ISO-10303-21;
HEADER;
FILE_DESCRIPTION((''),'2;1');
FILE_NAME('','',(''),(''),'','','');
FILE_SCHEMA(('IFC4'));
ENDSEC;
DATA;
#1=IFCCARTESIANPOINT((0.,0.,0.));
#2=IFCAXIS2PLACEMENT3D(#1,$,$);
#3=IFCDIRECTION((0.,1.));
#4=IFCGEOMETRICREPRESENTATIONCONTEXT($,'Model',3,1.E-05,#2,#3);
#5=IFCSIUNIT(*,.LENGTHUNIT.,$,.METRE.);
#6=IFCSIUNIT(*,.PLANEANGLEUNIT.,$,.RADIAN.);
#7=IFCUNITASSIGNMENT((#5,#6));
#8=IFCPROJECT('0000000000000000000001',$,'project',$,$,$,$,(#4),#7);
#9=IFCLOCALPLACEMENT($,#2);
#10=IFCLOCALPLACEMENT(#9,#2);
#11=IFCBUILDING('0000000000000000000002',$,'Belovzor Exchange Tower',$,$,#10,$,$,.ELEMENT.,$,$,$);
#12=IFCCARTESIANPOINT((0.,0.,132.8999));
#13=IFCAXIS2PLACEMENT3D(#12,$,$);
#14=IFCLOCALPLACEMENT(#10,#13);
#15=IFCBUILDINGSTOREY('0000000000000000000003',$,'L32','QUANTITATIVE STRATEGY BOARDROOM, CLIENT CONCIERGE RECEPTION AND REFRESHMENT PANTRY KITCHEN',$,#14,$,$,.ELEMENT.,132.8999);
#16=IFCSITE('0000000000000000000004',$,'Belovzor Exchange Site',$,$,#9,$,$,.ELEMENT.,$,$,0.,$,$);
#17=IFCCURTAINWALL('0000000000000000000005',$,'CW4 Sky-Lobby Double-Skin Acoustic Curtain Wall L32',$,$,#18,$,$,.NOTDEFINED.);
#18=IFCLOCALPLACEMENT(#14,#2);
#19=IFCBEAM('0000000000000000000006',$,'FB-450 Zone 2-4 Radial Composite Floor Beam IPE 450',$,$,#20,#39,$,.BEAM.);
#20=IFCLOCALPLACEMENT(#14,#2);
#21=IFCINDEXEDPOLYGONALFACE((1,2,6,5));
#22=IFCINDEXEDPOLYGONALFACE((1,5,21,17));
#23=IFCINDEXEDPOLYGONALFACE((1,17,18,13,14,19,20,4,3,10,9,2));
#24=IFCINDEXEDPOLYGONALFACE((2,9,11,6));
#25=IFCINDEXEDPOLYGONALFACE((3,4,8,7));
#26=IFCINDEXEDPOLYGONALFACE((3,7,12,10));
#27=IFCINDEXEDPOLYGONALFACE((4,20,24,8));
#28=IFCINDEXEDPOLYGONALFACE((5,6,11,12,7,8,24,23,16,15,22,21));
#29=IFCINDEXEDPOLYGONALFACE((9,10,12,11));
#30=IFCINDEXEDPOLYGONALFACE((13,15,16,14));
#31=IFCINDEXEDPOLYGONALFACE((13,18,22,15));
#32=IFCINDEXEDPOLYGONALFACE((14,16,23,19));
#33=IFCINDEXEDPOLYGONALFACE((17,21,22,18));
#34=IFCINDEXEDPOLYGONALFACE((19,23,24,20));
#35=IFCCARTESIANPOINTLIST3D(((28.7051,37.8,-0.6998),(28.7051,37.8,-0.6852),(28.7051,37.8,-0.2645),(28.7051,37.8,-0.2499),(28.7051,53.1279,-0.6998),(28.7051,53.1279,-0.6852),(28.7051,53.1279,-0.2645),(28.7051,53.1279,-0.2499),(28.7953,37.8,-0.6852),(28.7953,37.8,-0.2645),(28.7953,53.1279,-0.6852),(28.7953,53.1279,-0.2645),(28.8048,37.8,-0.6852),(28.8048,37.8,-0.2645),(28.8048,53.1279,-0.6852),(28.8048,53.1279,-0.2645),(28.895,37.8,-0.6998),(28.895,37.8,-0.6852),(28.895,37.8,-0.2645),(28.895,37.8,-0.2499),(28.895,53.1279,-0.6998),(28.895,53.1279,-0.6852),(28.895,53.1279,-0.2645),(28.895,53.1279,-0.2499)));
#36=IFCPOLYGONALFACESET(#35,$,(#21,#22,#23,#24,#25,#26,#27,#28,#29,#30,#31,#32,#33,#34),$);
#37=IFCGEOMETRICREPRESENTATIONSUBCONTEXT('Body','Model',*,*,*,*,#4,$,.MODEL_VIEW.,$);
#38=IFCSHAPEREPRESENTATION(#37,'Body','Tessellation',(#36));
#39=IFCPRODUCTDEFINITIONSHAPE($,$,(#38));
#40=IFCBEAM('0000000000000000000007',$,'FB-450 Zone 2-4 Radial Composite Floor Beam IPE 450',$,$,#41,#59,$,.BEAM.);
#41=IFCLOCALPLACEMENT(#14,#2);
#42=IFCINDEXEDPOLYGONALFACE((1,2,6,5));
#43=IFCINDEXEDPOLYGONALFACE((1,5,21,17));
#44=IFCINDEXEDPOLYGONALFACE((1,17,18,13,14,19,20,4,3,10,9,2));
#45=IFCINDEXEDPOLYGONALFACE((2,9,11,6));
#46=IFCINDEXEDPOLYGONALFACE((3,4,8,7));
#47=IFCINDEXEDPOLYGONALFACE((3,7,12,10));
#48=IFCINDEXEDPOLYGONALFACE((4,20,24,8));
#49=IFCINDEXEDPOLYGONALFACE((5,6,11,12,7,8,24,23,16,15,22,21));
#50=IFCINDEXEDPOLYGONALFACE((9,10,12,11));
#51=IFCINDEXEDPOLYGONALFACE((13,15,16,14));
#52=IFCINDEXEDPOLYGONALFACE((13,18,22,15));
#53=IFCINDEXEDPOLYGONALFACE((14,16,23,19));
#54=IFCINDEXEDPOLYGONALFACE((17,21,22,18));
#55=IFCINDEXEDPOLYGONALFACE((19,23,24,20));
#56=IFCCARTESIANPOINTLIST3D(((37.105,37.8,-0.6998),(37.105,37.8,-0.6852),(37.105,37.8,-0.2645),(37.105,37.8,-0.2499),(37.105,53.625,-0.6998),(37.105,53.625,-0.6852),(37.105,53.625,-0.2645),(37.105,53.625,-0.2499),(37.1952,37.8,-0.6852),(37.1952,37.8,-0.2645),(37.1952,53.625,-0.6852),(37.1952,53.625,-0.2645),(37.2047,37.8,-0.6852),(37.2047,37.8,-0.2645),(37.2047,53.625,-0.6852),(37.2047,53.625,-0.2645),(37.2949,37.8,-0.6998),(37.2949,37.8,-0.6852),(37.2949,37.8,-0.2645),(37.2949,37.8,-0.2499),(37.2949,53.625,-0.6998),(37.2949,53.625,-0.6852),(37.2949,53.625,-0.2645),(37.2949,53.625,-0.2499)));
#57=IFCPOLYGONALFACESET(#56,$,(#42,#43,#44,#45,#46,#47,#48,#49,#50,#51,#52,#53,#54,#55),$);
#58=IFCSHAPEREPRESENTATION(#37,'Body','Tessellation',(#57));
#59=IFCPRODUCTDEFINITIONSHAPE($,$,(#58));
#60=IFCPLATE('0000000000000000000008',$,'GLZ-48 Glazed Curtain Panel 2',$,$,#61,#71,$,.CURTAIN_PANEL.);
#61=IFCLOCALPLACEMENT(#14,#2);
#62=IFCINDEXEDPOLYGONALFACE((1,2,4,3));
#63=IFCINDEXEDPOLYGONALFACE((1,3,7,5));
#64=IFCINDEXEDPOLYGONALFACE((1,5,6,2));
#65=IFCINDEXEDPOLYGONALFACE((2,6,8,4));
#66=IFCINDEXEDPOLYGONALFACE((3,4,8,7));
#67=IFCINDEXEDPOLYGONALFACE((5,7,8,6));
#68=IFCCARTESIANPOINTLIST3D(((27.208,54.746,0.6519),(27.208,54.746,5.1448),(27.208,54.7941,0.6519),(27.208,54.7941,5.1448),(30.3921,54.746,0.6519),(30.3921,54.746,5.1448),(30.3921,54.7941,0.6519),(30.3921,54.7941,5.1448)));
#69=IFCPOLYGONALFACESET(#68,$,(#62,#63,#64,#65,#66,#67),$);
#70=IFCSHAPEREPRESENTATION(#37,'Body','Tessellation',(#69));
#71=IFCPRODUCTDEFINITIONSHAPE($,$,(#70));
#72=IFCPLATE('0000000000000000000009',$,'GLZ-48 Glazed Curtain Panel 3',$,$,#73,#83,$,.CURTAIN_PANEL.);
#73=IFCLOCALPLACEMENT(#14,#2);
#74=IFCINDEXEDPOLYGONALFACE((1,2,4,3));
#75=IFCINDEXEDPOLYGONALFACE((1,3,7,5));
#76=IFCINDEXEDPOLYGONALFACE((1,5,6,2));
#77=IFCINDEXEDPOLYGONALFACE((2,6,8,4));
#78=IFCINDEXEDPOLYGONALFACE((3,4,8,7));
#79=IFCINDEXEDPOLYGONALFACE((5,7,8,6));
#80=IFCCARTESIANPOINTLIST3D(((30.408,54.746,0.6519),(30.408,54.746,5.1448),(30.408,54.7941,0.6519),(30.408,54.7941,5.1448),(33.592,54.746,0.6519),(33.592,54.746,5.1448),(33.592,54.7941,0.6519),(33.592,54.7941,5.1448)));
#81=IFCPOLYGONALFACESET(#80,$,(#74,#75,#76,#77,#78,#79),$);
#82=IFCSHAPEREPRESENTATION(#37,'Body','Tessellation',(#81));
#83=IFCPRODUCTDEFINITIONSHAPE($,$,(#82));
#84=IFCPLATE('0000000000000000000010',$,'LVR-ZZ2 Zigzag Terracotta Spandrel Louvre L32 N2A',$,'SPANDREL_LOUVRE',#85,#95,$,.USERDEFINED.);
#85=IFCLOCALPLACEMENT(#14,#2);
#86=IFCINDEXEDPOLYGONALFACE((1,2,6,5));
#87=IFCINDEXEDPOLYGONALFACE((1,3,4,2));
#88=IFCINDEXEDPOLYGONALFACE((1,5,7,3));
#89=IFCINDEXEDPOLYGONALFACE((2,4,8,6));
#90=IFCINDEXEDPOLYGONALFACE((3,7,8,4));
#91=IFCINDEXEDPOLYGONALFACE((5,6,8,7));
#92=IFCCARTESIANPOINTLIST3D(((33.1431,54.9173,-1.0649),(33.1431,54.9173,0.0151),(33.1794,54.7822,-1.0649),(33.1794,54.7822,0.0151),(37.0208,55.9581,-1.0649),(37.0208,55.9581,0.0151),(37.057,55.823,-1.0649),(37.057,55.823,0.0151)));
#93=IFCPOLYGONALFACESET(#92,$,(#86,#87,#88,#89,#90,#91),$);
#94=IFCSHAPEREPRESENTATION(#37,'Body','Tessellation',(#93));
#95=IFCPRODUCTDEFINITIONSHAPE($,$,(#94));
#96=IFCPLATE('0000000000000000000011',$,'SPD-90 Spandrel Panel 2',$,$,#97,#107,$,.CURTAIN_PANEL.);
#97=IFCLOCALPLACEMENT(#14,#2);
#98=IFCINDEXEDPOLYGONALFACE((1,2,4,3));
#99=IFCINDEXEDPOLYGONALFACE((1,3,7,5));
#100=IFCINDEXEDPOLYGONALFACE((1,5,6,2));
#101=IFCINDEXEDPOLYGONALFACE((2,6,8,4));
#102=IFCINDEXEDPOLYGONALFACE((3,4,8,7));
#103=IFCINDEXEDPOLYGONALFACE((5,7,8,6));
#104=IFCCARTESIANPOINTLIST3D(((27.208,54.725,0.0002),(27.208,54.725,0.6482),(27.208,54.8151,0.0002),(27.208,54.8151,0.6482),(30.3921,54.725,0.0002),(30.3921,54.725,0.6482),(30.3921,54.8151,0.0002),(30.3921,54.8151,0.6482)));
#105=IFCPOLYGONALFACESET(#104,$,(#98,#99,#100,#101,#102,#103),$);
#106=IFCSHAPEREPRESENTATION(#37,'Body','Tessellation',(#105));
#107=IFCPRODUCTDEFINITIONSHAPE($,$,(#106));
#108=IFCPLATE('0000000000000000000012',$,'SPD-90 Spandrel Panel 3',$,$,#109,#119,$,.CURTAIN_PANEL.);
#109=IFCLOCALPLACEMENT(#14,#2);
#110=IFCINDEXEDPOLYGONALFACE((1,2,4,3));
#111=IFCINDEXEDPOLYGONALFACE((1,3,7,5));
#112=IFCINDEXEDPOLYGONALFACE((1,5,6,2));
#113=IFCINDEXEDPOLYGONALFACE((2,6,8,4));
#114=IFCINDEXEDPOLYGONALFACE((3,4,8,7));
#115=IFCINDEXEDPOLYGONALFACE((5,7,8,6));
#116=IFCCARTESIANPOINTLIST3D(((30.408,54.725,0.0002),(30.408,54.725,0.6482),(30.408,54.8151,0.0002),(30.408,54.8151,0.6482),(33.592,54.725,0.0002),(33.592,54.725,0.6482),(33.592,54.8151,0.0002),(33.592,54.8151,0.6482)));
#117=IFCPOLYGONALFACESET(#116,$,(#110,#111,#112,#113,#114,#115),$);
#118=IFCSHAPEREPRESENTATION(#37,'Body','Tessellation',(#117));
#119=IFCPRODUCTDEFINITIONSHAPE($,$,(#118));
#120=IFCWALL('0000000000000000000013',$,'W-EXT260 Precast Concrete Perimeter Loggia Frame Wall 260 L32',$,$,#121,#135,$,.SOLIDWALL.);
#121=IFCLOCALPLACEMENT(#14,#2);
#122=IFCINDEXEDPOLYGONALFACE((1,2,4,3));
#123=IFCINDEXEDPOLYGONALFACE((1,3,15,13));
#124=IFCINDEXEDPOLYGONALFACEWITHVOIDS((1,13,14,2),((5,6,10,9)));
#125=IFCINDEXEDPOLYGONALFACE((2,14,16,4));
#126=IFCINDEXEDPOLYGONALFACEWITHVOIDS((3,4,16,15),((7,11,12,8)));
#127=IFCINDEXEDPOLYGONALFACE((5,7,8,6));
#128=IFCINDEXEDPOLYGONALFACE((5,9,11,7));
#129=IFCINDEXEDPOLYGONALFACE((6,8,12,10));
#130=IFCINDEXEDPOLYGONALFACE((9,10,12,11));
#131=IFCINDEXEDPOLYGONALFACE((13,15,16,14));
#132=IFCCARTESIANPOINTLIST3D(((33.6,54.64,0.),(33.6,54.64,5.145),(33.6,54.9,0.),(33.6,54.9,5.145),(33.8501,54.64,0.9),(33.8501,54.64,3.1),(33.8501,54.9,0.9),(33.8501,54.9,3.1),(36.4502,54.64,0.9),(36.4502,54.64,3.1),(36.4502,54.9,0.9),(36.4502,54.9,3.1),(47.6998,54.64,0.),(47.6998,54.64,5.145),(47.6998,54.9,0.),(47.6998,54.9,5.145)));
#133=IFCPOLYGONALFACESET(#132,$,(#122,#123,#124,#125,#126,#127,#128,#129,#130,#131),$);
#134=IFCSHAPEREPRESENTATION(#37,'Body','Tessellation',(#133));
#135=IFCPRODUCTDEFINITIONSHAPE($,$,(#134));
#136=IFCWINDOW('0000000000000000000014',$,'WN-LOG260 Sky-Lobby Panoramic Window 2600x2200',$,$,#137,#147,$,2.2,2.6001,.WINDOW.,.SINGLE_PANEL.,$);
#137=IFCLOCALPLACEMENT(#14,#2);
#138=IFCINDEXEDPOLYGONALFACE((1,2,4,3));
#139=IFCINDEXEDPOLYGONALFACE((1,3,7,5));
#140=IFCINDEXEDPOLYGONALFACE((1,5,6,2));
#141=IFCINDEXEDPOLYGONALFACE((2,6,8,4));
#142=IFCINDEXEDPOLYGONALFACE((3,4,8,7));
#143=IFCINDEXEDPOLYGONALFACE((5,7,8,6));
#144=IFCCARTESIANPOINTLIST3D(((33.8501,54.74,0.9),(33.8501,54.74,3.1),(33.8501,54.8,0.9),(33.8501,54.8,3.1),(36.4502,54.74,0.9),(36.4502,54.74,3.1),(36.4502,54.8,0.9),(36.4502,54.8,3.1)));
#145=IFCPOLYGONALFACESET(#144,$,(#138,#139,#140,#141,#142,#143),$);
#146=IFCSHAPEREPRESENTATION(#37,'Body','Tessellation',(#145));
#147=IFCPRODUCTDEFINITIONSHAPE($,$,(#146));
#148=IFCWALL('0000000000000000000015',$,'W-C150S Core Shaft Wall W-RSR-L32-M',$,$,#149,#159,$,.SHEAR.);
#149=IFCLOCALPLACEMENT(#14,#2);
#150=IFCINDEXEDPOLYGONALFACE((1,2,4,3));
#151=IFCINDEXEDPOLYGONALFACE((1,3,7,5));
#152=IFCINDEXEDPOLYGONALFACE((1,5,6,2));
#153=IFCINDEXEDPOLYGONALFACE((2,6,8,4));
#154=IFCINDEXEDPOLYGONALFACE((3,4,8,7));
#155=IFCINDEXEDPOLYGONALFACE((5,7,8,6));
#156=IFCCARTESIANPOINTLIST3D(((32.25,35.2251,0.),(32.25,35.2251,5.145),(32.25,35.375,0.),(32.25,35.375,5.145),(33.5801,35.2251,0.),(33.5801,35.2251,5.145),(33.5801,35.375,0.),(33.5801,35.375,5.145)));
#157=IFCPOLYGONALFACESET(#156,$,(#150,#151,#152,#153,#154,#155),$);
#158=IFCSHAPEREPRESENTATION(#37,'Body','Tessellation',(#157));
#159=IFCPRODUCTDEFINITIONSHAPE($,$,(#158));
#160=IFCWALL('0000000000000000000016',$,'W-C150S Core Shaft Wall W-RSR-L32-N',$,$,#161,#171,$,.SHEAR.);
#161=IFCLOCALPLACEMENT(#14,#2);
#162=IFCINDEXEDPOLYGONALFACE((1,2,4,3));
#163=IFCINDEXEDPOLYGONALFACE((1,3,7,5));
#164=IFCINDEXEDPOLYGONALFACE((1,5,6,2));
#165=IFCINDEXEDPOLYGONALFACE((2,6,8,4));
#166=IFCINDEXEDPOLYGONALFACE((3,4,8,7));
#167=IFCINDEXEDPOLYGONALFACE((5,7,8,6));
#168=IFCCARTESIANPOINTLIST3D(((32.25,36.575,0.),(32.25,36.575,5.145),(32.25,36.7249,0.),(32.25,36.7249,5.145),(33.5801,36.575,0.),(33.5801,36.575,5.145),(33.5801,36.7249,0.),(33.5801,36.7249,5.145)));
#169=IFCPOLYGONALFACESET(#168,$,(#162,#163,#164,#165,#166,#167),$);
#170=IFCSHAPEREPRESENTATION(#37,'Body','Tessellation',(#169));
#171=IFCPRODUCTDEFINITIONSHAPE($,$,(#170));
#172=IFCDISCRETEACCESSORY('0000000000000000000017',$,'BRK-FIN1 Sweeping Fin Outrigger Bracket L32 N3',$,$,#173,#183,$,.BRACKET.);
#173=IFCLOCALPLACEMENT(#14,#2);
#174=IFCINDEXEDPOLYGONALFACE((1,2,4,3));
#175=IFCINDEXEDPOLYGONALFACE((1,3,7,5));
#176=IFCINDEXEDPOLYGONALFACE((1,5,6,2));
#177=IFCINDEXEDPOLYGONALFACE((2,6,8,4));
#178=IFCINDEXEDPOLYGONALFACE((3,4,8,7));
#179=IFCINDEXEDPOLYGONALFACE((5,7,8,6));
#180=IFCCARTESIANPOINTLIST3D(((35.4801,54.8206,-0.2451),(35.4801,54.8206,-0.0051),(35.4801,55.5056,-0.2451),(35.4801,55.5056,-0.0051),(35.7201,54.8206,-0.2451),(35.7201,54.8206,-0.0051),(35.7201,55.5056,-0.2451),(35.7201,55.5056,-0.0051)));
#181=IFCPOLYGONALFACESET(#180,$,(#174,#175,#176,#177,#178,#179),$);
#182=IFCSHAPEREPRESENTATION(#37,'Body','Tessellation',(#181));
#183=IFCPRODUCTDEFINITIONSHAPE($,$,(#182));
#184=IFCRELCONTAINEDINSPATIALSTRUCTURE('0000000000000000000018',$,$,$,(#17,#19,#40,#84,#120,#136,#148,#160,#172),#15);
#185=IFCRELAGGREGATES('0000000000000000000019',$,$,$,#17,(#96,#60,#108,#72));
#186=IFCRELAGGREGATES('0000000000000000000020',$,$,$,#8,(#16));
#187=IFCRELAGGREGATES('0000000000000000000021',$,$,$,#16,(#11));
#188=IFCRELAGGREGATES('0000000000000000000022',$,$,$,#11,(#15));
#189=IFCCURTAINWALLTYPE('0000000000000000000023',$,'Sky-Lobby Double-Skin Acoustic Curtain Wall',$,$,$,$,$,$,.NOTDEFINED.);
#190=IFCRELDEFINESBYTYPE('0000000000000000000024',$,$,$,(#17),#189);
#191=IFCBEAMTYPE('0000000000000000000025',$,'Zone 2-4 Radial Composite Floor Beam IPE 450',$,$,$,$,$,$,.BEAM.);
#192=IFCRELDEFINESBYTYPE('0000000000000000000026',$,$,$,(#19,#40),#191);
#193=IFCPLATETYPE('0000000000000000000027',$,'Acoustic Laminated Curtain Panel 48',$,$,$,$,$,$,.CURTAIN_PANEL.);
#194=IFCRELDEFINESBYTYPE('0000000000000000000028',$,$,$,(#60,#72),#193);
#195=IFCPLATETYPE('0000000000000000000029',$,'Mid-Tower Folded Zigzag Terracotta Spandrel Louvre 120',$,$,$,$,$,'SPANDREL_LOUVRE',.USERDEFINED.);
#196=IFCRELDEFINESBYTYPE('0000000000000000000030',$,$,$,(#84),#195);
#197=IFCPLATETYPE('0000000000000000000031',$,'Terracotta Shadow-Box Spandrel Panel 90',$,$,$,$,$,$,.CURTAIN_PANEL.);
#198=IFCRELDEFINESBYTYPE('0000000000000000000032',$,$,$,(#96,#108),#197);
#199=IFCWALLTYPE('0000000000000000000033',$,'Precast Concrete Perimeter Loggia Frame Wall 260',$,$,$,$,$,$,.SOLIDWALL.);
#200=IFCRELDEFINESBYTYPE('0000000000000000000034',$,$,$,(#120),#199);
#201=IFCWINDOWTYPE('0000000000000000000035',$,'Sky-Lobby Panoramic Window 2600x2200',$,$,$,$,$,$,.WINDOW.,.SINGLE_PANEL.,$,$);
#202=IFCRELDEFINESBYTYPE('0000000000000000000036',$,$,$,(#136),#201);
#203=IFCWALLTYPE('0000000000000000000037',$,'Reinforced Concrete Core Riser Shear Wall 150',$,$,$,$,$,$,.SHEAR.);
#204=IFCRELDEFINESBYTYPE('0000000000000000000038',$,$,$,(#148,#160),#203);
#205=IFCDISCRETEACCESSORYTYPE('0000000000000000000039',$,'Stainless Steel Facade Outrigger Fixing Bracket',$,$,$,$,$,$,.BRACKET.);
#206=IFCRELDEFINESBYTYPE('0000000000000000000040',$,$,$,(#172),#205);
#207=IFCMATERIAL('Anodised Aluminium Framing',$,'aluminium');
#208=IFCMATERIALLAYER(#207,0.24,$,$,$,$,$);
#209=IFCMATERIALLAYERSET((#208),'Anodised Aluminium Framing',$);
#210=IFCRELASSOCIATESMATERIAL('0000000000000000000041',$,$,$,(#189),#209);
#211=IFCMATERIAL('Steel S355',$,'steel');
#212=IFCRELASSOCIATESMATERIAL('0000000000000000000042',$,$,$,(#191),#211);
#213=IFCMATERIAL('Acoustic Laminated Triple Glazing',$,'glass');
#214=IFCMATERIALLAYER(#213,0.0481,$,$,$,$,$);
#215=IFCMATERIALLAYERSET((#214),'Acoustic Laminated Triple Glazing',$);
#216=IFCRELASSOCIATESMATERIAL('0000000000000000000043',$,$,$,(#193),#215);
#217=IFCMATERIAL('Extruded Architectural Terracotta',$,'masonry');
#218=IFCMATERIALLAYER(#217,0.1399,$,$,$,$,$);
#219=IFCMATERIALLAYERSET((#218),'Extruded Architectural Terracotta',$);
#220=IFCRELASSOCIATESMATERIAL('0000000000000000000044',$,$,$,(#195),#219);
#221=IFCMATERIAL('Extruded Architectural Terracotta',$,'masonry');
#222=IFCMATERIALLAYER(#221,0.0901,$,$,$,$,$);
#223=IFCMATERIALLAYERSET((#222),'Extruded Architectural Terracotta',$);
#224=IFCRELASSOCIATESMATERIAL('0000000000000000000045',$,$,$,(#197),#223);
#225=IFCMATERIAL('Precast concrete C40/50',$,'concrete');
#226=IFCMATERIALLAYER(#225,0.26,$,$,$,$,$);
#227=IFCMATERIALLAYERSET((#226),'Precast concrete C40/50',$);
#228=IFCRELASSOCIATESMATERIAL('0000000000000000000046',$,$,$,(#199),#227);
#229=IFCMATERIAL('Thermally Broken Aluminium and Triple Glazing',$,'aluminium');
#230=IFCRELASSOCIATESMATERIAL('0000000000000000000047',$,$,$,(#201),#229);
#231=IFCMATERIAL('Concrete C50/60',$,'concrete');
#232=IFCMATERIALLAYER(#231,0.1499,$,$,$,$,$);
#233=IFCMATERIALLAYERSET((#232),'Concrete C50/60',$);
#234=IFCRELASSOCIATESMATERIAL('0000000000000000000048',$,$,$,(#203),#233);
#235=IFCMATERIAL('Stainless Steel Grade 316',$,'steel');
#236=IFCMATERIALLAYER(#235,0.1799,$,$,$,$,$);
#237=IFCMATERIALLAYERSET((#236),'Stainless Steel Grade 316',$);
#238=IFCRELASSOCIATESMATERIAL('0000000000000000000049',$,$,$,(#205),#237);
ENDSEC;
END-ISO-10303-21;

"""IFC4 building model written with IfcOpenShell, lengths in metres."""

from ifc_helpers import new_model, si_unit, direction, frame, frame_2d, origin, origin_2d, place, context, subcontext, project, spatial, rectangle, i_section, extrude, material, layer, layer_set, material_profile, profile_set, type_object, element, fill, aggregate, save


model = new_model("IFC4")

# Units and contexts
model_context = context("Model", 3, precision=1e-05, world=origin(), true_north=direction((0.0, 1.0)))
body_context = subcontext(model_context, "Body", "Model", "MODEL_VIEW")
ifc_project = project(units=[si_unit("LENGTHUNIT", "METRE"), si_unit("PLANEANGLEUNIT", "RADIAN")], contexts=[model_context])

# Site, building, storey
site_placement = place(None, origin())
site = spatial("IfcSite", under=ifc_project, at=site_placement, Name="Belovzor Exchange Site", CompositionType="ELEMENT", RefElevation=0.0)
building_placement = place(site_placement, origin())
building = spatial("IfcBuilding", under=site, at=building_placement, Name="Belovzor Exchange Tower", CompositionType="ELEMENT")
storey_placement = place(building_placement, frame((0.0, 0.0, 132.8999)))
storey = spatial("IfcBuildingStorey", under=building, at=storey_placement, Name="L32", Description="QUANTITATIVE STRATEGY BOARDROOM, CLIENT CONCIERGE RECEPTION AND REFRESHMENT PANTRY KITCHEN", CompositionType="ELEMENT", Elevation=132.8999)

# Curtain wall
ifc_material_1 = material(Name="Anodised Aluminium Framing", Category="aluminium")
ifc_layer_1 = layer(ifc_material_1, 0.24)
ifc_layer_set_1 = layer_set([ifc_layer_1], Name="Anodised Aluminium Framing")
curtain_wall_type = type_object("IfcCurtainWallType", Name="Sky-Lobby Double-Skin Acoustic Curtain Wall", PredefinedType="NOTDEFINED", material=ifc_layer_set_1)
curtain_wall_placement = place(storey_placement, origin())
curtain_wall = element("IfcCurtainWall", 1, at=curtain_wall_placement, inside=storey, type_object=curtain_wall_type, Name="CW4 Sky-Lobby Double-Skin Acoustic Curtain Wall L32", PredefinedType="NOTDEFINED")

# Beams
ifc_material_2 = material(Name="Steel S355", Category="steel")
ifc_material_profile_1 = material_profile(ifc_material_2, i_section(OverallWidth=0.1899, OverallDepth=0.45, WebThickness=0.0095, FlangeThickness=0.0146, at=origin_2d()))
ifc_profile_set_1 = profile_set([ifc_material_profile_1], Name="Steel S355")
beam_type_1 = type_object("IfcBeamType", Name="Zone 2-4 Radial Composite Floor Beam IPE 450", PredefinedType="BEAM", material=ifc_profile_set_1)
beam_1_placement = place(storey_placement, frame((28.8, 37.8, -0.4749), z_axis=(0.0, 1.0, 0.0), x_axis=(-1.0, 0.0, 0.0)))
element("IfcBeam", 2, at=beam_1_placement, inside=storey, type_object=beam_type_1, Name="FB-450 Zone 2-4 Radial Composite Floor Beam IPE 450", PredefinedType="BEAM", context=body_context, shape_type="SweptSolid", body=[
    extrude(i_section(OverallWidth=0.1899, OverallDepth=0.45, WebThickness=0.0095, FlangeThickness=0.0146, at=origin_2d()), origin(), (0.0, 0.0, 1.0), 15.3279),
])
beam_2_placement = place(storey_placement, frame((37.2, 37.8, -0.4749), z_axis=(0.0, 1.0, 0.0), x_axis=(-1.0, 0.0, 0.0)))
element("IfcBeam", 3, at=beam_2_placement, inside=storey, type_object=beam_type_1, Name="FB-450 Zone 2-4 Radial Composite Floor Beam IPE 450", PredefinedType="BEAM", context=body_context, shape_type="SweptSolid", body=[
    extrude(i_section(OverallWidth=0.1899, OverallDepth=0.45, WebThickness=0.0095, FlangeThickness=0.0146, at=origin_2d()), origin(), (0.0, 0.0, 1.0), 15.825),
])

# Plates
ifc_material_3 = material(Name="Acoustic Laminated Triple Glazing", Category="glass")
ifc_layer_2 = layer(ifc_material_3, 0.0481)
ifc_layer_set_2 = layer_set([ifc_layer_2], Name="Acoustic Laminated Triple Glazing")
plate_type_1 = type_object("IfcPlateType", Name="Acoustic Laminated Curtain Panel 48", PredefinedType="CURTAIN_PANEL", material=ifc_layer_set_2)
plate_1_placement = place(storey_placement, frame((28.8, 54.77, 0.6519), z_axis=(0.0, 0.0, 1.0), x_axis=(1.0, 0.0, 0.0)))
plate_1 = element("IfcPlate", 4, at=plate_1_placement, type_object=plate_type_1, Name="GLZ-48 Glazed Curtain Panel 2", PredefinedType="CURTAIN_PANEL", context=body_context, shape_type="SweptSolid", body=[
    extrude(rectangle(XDim=3.1841, YDim=0.0481, at=origin_2d()), origin(), (0.0, 0.0, 1.0), 4.4929),
])
plate_2_placement = place(storey_placement, frame((32.0, 54.77, 0.6519), z_axis=(0.0, 0.0, 1.0), x_axis=(1.0, 0.0, 0.0)))
plate_2 = element("IfcPlate", 5, at=plate_2_placement, type_object=plate_type_1, Name="GLZ-48 Glazed Curtain Panel 3", PredefinedType="CURTAIN_PANEL", context=body_context, shape_type="SweptSolid", body=[
    extrude(rectangle(XDim=3.1841, YDim=0.0481, at=origin_2d()), origin(), (0.0, 0.0, 1.0), 4.4929),
])
ifc_material_4 = material(Name="Extruded Architectural Terracotta", Category="masonry")
ifc_layer_3 = layer(ifc_material_4, 0.1399)
ifc_layer_set_3 = layer_set([ifc_layer_3], Name="Extruded Architectural Terracotta")
plate_type_2 = type_object("IfcPlateType", Name="Mid-Tower Folded Zigzag Terracotta Spandrel Louvre 120", ElementType="SPANDREL_LOUVRE", PredefinedType="USERDEFINED", material=ifc_layer_set_3)
plate_3_placement = place(storey_placement, frame((35.1001, 55.3701, -1.0649), z_axis=(0.0, 0.0, 1.0), x_axis=(0.965813, 0.25924, 0.0)))
element("IfcPlate", 6, at=plate_3_placement, inside=storey, type_object=plate_type_2, Name="LVR-ZZ2 Zigzag Terracotta Spandrel Louvre L32 N2A", ObjectType="SPANDREL_LOUVRE", PredefinedType="USERDEFINED", context=body_context, shape_type="SweptSolid", body=[
    extrude(rectangle(XDim=4.0149, YDim=0.1399, at=origin_2d()), origin(), (0.0, 0.0, 1.0), 1.0801),
])
ifc_material_5 = material(Name="Extruded Architectural Terracotta", Category="masonry")
ifc_layer_4 = layer(ifc_material_5, 0.0901)
ifc_layer_set_4 = layer_set([ifc_layer_4], Name="Extruded Architectural Terracotta")
plate_type_3 = type_object("IfcPlateType", Name="Terracotta Shadow-Box Spandrel Panel 90", PredefinedType="CURTAIN_PANEL", material=ifc_layer_set_4)
plate_4_placement = place(storey_placement, frame((28.8, 54.77, 0.0002), z_axis=(0.0, 0.0, 1.0), x_axis=(1.0, 0.0, 0.0)))
plate_4 = element("IfcPlate", 7, at=plate_4_placement, type_object=plate_type_3, Name="SPD-90 Spandrel Panel 2", PredefinedType="CURTAIN_PANEL", context=body_context, shape_type="SweptSolid", body=[
    extrude(rectangle(XDim=3.1841, YDim=0.0901, at=origin_2d()), origin(), (0.0, 0.0, 1.0), 0.6479),
])
plate_5_placement = place(storey_placement, frame((32.0, 54.77, 0.0002), z_axis=(0.0, 0.0, 1.0), x_axis=(1.0, 0.0, 0.0)))
plate_5 = element("IfcPlate", 8, at=plate_5_placement, type_object=plate_type_3, Name="SPD-90 Spandrel Panel 3", PredefinedType="CURTAIN_PANEL", context=body_context, shape_type="SweptSolid", body=[
    extrude(rectangle(XDim=3.1841, YDim=0.0901, at=origin_2d()), origin(), (0.0, 0.0, 1.0), 0.6479),
])
aggregate(curtain_wall, [plate_4, plate_1, plate_5, plate_2])

# Wall, opening, window
ifc_material_6 = material(Name="Precast concrete C40/50", Category="concrete")
ifc_layer_5 = layer(ifc_material_6, 0.26)
ifc_layer_set_5 = layer_set([ifc_layer_5], Name="Precast concrete C40/50")
wall_type_1 = type_object("IfcWallType", Name="Precast Concrete Perimeter Loggia Frame Wall 260", PredefinedType="SOLIDWALL", material=ifc_layer_set_5)
wall_placement = place(storey_placement, frame((33.6001, 54.77, 0.0), z_axis=(0.0, 0.0, 1.0), x_axis=(1.0, 0.0, 0.0)))
wall = element("IfcWall", 9, at=wall_placement, inside=storey, type_object=wall_type_1, Name="W-EXT260 Precast Concrete Perimeter Loggia Frame Wall 260 L32", PredefinedType="SOLIDWALL", context=body_context, shape_type="SweptSolid", body=[
    extrude(rectangle(XDim=14.0999, YDim=0.26, at=frame_2d((7.0498, 0.0))), origin(), (0.0, 0.0, 1.0), 5.145),
])
opening_placement = place(wall_placement, frame((0.25, 0.0, 0.8999)))
opening = element("IfcOpeningElement", 10, at=opening_placement, cuts=wall, PredefinedType="OPENING", context=body_context, shape_type="SweptSolid", body=[
    extrude(rectangle(XDim=2.6001, YDim=2.2, at=frame_2d((1.3, 1.1001))), frame((0.0, 0.1399, 0.0), z_axis=(0.0, -1.0, 0.0), x_axis=(1.0, 0.0, 0.0)), (0.0, 0.0, 1.0), 0.28),
])
ifc_material_7 = material(Name="Thermally Broken Aluminium and Triple Glazing", Category="aluminium")
window_type = type_object("IfcWindowType", Name="Sky-Lobby Panoramic Window 2600x2200", PartitioningType="SINGLE_PANEL", PredefinedType="WINDOW", material=ifc_material_7)
window_placement = place(opening_placement, origin())
window = element("IfcWindow", 11, at=window_placement, inside=storey, type_object=window_type, Name="WN-LOG260 Sky-Lobby Panoramic Window 2600x2200", OverallHeight=2.2, OverallWidth=2.6001, PartitioningType="SINGLE_PANEL", PredefinedType="WINDOW", context=body_context, shape_type="SweptSolid", body=[
    extrude(rectangle(XDim=2.6001, YDim=2.2, at=frame_2d((1.3, 1.1001))), frame((0.0, 0.03, 0.0), z_axis=(0.0, -1.0, 0.0), x_axis=(1.0, 0.0, 0.0)), (0.0, 0.0, 1.0), 0.0601),
])
fill(opening, window)

# Walls
ifc_material_8 = material(Name="Concrete C50/60", Category="concrete")
ifc_layer_6 = layer(ifc_material_8, 0.1499)
ifc_layer_set_6 = layer_set([ifc_layer_6], Name="Concrete C50/60")
wall_type_2 = type_object("IfcWallType", Name="Reinforced Concrete Core Riser Shear Wall 150", PredefinedType="SHEAR", material=ifc_layer_set_6)
for number, where, z_axis, x_axis, name in (
    (12, (32.25, 35.3, 0.0), (0.0, 0.0, 1.0), (1.0, 0.0, 0.0), "W-C150S Core Shaft Wall W-RSR-L32-M"),
    (13, (32.25, 36.6499, 0.0), (0.0, 0.0, 1.0), (1.0, 0.0, 0.0), "W-C150S Core Shaft Wall W-RSR-L32-N"),
):
    element("IfcWall", number, at=place(storey_placement, frame(where, z_axis=z_axis, x_axis=x_axis)), inside=storey, type_object=wall_type_2, Name=name, PredefinedType="SHEAR", context=body_context, shape_type="SweptSolid", body=[
        extrude(rectangle(XDim=1.3301, YDim=0.1499, at=frame_2d((0.665, 0.0))), origin(), (0.0, 0.0, 1.0), 5.145),
    ])

# Discrete accessory
ifc_material_9 = material(Name="Stainless Steel Grade 316", Category="steel")
ifc_layer_7 = layer(ifc_material_9, 0.1799)
ifc_layer_set_7 = layer_set([ifc_layer_7], Name="Stainless Steel Grade 316")
discrete_accessory_type = type_object("IfcDiscreteAccessoryType", Name="Stainless Steel Facade Outrigger Fixing Bracket", PredefinedType="BRACKET", material=ifc_layer_set_7)
discrete_accessory_placement = place(storey_placement, frame((35.6001, 55.1631, -0.2451), z_axis=(0.0, 0.0, 1.0), x_axis=(0.0, 1.0, 0.0)))
element("IfcDiscreteAccessory", 14, at=discrete_accessory_placement, inside=storey, type_object=discrete_accessory_type, Name="BRK-FIN1 Sweeping Fin Outrigger Bracket L32 N3", PredefinedType="BRACKET", context=body_context, shape_type="SweptSolid", body=[
    extrude(rectangle(XDim=0.6851, YDim=0.24, at=origin_2d()), origin(), (0.0, 0.0, 1.0), 0.24),
])

save(model, "model.ifc")
